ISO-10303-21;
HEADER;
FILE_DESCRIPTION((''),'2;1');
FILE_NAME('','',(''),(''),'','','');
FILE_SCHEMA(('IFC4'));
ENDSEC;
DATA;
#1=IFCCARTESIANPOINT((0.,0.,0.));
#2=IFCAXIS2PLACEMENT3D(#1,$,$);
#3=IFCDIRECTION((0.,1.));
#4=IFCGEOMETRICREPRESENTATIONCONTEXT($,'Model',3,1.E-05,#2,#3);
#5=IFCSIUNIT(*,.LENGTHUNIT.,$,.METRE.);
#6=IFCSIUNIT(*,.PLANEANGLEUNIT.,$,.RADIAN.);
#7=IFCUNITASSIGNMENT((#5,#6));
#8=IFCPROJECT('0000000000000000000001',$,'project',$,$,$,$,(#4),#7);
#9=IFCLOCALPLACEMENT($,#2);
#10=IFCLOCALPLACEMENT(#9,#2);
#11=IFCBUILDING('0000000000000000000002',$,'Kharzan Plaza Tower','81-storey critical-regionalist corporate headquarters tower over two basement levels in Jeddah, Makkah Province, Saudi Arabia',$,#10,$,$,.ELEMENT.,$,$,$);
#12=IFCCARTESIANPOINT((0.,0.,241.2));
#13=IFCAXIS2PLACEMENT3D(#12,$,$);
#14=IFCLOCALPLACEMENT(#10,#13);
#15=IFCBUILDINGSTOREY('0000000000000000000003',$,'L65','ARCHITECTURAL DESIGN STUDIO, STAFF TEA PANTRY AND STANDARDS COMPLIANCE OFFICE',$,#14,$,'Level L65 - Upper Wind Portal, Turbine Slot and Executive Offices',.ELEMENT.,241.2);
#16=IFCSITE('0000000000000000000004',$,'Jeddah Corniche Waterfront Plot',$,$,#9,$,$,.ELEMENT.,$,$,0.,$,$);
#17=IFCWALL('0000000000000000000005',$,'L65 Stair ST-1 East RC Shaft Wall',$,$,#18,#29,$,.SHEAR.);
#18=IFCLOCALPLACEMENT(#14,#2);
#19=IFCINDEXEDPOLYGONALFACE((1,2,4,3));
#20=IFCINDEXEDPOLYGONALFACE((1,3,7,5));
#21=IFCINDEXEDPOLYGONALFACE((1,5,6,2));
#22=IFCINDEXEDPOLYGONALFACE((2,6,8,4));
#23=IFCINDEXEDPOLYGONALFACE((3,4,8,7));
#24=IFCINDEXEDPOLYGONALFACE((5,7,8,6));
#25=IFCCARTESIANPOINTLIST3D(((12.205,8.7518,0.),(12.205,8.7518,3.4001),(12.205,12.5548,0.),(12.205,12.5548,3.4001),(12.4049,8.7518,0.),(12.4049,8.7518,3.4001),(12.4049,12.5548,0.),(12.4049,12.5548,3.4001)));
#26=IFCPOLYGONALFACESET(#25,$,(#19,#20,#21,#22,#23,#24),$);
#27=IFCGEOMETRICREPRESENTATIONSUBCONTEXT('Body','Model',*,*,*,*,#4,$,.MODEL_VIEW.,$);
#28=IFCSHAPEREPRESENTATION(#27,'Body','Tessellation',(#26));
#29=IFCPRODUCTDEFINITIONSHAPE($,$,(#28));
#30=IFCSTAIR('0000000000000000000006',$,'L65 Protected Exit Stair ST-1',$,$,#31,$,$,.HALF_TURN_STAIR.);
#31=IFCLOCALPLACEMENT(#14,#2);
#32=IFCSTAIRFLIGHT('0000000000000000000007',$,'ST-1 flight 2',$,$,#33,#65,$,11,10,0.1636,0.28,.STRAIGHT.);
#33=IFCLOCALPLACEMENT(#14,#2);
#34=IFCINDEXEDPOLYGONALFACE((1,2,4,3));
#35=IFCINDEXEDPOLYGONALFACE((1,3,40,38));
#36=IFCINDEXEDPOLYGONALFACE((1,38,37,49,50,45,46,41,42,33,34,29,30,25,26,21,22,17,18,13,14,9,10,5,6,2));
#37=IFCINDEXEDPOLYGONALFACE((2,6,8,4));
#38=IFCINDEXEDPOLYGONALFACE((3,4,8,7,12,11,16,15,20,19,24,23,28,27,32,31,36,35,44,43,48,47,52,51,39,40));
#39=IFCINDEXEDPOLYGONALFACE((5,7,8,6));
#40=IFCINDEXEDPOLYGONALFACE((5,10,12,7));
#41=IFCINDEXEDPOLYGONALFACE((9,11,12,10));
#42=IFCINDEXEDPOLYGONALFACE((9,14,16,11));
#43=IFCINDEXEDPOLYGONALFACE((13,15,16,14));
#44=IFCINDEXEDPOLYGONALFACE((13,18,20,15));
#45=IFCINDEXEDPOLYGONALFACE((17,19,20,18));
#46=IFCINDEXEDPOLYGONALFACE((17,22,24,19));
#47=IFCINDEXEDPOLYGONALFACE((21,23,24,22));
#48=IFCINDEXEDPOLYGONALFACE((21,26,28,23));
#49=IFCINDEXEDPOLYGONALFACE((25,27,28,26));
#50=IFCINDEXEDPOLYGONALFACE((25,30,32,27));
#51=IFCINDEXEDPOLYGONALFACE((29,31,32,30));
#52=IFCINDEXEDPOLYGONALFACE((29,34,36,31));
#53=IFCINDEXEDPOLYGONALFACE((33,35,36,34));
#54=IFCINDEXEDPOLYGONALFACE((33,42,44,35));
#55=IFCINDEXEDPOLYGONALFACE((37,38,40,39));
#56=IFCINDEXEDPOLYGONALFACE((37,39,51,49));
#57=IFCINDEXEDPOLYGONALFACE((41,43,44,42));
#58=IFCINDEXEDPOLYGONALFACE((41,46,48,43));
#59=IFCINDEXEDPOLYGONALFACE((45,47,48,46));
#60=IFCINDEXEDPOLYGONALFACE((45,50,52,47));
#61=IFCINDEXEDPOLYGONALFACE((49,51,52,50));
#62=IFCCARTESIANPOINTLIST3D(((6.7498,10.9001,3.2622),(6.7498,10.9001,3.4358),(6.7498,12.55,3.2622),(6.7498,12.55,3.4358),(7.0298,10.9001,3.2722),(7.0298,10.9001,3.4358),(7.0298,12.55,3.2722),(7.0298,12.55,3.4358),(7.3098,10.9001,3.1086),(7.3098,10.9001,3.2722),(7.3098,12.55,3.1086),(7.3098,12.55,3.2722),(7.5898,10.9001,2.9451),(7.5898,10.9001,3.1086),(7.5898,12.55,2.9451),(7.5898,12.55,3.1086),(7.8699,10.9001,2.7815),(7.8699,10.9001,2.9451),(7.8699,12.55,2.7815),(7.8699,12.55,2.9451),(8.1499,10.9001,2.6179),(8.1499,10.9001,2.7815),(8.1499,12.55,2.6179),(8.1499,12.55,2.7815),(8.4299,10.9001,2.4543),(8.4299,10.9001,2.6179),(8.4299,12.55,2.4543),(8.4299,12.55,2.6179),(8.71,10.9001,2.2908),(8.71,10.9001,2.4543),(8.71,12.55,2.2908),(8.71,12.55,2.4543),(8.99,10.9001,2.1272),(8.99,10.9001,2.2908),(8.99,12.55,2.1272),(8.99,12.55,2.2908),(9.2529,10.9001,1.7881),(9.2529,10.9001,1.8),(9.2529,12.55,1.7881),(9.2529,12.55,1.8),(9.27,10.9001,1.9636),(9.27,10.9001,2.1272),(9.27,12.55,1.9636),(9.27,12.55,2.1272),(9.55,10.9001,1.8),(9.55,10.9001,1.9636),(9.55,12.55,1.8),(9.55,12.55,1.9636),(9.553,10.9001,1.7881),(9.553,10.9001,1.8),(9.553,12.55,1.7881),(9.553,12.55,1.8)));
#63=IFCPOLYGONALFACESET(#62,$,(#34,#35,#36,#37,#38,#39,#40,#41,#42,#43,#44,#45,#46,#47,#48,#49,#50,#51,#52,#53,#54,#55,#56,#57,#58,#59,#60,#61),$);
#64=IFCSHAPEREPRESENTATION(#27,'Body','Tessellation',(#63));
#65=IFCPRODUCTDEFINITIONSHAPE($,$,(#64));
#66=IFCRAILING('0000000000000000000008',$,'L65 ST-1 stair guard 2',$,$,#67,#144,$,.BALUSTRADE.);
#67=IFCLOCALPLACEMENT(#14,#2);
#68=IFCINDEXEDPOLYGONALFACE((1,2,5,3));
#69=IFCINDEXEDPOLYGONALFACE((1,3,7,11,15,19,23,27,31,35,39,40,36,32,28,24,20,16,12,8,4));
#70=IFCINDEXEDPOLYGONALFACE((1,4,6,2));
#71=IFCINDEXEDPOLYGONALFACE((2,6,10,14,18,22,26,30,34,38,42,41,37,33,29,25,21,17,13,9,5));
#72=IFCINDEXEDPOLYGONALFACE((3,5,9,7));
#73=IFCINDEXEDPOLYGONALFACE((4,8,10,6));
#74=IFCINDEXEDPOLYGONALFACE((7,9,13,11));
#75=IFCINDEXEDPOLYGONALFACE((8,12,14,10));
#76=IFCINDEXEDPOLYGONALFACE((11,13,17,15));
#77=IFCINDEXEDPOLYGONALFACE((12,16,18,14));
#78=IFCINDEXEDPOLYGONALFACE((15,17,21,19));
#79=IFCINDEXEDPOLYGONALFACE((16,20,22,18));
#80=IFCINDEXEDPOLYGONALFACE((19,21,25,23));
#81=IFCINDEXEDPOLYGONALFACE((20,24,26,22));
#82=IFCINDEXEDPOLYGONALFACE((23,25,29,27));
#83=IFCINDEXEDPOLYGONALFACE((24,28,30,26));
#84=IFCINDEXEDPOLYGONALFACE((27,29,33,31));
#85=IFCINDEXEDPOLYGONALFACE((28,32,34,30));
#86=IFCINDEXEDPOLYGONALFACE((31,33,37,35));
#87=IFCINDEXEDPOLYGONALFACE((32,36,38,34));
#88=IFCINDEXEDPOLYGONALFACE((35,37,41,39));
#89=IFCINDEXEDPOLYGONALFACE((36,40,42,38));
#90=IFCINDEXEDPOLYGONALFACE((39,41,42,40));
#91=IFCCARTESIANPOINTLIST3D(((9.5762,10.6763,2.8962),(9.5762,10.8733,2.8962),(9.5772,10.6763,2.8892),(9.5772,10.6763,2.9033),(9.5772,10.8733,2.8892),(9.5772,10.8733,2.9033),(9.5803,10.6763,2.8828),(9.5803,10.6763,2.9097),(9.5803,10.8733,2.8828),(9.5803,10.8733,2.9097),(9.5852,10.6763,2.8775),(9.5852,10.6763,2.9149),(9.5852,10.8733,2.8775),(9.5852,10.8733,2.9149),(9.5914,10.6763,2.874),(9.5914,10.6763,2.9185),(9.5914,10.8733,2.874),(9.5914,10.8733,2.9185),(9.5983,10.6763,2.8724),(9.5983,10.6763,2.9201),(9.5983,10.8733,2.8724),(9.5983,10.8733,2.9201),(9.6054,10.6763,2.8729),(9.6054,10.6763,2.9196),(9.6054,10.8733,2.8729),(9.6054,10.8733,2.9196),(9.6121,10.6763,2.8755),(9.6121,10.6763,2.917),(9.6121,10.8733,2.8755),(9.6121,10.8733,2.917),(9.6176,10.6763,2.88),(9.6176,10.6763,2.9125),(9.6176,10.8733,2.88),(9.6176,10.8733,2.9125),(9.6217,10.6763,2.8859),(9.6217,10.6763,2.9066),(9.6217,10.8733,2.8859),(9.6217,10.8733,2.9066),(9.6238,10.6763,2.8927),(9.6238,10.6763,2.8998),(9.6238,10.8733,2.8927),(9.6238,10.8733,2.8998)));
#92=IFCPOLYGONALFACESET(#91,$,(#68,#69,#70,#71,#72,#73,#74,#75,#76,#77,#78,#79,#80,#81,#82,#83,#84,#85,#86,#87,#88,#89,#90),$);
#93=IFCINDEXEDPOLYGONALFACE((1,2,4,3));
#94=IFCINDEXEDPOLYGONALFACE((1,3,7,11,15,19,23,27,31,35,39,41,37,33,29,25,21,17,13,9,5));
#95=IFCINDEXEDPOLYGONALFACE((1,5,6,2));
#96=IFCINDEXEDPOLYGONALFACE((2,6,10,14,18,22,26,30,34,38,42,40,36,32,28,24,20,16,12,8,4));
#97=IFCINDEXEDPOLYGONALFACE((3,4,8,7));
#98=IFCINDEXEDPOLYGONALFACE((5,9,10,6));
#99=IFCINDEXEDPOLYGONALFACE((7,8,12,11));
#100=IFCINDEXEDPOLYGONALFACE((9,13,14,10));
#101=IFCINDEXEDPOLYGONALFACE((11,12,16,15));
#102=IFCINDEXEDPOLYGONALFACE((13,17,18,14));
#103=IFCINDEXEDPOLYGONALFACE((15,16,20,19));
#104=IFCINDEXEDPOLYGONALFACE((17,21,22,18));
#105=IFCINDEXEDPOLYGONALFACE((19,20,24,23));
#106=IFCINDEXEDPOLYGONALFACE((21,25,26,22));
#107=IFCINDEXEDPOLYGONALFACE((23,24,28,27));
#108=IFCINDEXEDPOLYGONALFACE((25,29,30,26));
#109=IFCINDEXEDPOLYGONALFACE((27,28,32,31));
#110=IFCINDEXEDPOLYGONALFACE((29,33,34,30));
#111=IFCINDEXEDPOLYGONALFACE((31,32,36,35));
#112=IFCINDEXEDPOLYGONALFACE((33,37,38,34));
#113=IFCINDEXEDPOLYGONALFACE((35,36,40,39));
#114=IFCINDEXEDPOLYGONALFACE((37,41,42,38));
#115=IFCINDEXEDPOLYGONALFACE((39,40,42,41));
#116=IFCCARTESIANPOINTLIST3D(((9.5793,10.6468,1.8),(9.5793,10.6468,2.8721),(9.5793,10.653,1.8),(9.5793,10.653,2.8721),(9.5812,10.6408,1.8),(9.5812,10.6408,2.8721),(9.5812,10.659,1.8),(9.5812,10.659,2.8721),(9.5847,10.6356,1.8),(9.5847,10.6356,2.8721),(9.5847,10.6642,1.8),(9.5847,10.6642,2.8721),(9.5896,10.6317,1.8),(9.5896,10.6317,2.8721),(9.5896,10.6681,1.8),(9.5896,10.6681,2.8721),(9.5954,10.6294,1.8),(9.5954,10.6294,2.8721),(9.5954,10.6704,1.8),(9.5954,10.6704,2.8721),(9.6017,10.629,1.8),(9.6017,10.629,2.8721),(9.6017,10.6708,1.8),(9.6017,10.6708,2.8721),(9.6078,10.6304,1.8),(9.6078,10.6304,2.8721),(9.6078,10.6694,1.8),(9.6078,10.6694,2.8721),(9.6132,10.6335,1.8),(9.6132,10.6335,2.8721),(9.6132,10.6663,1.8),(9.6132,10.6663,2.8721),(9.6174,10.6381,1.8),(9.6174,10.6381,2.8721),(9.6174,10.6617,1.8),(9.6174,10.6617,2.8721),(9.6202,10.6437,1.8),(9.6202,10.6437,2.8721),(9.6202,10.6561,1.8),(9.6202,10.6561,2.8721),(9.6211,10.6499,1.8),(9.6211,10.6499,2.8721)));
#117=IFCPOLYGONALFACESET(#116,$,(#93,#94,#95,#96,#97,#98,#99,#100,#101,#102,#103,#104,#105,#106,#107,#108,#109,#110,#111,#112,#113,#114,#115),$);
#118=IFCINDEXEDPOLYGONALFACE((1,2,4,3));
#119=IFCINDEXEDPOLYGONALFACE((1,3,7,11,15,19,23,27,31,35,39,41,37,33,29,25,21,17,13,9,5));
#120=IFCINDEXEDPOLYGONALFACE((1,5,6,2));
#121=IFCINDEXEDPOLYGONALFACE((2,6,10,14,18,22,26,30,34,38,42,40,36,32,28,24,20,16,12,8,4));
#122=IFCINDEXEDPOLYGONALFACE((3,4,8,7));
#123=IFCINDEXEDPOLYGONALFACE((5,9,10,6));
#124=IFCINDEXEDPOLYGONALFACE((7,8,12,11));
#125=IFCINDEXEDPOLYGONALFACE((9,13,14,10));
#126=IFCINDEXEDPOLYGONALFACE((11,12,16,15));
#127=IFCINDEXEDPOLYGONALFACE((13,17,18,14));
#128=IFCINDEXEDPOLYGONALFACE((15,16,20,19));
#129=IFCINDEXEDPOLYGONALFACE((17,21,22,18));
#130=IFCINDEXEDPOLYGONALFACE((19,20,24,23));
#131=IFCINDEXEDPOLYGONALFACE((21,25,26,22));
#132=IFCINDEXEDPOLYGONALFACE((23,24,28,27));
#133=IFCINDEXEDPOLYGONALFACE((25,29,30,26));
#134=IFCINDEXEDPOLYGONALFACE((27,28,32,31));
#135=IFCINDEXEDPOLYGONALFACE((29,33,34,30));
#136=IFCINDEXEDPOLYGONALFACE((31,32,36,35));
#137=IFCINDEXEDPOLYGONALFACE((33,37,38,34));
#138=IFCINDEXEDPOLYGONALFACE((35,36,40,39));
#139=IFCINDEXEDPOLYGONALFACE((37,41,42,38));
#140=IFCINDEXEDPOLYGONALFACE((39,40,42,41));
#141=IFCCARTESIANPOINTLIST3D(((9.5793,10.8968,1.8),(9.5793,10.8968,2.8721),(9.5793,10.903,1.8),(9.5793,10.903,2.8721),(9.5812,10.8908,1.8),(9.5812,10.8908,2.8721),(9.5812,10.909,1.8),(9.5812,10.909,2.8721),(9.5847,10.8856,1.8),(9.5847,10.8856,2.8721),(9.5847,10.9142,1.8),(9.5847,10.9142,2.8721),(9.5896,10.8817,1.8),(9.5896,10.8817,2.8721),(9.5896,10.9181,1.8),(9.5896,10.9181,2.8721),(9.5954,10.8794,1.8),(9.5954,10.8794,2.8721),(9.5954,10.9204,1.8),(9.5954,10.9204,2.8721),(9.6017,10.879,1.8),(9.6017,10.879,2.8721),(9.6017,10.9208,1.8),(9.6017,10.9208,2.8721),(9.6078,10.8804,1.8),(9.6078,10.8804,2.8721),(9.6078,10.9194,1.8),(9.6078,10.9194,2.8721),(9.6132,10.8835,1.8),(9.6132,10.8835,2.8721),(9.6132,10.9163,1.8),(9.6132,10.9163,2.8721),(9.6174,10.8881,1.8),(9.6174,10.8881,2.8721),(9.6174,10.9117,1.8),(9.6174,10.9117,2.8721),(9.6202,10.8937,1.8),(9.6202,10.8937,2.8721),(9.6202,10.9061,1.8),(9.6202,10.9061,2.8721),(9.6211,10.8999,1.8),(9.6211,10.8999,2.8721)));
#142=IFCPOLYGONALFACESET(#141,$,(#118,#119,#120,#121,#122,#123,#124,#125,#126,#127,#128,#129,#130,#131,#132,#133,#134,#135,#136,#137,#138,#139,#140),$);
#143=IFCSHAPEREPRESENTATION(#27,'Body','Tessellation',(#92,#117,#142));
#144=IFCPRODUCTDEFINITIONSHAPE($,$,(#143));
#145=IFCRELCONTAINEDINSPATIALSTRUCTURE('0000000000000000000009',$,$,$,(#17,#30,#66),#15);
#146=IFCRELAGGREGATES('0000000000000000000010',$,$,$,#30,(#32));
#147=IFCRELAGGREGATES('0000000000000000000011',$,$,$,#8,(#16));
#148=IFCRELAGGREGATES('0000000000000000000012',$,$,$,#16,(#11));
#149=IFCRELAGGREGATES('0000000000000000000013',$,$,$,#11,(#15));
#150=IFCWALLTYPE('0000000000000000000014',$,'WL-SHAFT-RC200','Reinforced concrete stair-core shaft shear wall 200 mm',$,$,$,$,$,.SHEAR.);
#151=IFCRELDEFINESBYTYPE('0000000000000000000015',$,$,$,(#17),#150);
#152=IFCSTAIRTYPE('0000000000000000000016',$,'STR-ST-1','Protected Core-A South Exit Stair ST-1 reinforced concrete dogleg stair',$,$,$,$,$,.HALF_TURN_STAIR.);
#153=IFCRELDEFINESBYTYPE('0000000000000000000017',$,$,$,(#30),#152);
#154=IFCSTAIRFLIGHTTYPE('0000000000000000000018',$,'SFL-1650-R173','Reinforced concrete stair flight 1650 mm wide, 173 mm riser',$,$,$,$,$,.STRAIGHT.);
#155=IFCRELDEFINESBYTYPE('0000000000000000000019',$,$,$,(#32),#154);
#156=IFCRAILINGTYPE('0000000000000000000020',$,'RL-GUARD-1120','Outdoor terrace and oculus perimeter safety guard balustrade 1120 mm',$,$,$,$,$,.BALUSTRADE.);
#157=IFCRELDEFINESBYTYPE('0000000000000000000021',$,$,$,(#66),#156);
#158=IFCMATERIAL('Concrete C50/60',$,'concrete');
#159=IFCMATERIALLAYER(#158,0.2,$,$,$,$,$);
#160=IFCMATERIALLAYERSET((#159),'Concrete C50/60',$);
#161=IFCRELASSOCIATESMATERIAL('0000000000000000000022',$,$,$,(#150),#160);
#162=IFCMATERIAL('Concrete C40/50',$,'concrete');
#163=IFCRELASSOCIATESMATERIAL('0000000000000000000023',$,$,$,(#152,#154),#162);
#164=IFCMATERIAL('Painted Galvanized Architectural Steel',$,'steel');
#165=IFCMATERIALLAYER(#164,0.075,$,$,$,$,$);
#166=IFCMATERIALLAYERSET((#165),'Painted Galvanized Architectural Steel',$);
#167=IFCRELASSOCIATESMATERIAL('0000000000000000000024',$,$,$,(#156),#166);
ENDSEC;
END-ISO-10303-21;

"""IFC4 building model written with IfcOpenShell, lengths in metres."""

from ifc_helpers import new_model, si_unit, direction, frame, frame_2d, origin, origin_2d, place, context, subcontext, project, spatial, polyline, rectangle, circle, outline, extrude, source, transform, mapped, material, layer, layer_set, type_object, element, aggregate, save


model = new_model("IFC4")

# Units and contexts
model_context = context("Model", 3, precision=1e-05, world=origin(), true_north=direction((0.0, 1.0)))
body_context = subcontext(model_context, "Body", "Model", "MODEL_VIEW")
ifc_project = project(units=[si_unit("LENGTHUNIT", "METRE"), si_unit("PLANEANGLEUNIT", "RADIAN")], contexts=[model_context])

# Site, building, storey
site_placement = place(None, origin())
site = spatial("IfcSite", under=ifc_project, at=site_placement, Name="Jeddah Corniche Waterfront Plot", CompositionType="ELEMENT", RefElevation=0.0)
building_placement = place(site_placement, origin())
building = spatial("IfcBuilding", under=site, at=building_placement, Name="Kharzan Plaza Tower", Description="81-storey critical-regionalist corporate headquarters tower over two basement levels in Jeddah, Makkah Province, Saudi Arabia", CompositionType="ELEMENT")
storey_placement = place(building_placement, frame((0.0, 0.0, 241.2)))
storey = spatial("IfcBuildingStorey", under=building, at=storey_placement, Name="L65", Description="ARCHITECTURAL DESIGN STUDIO, STAFF TEA PANTRY AND STANDARDS COMPLIANCE OFFICE", LongName="Level L65 - Upper Wind Portal, Turbine Slot and Executive Offices", CompositionType="ELEMENT", Elevation=241.2)

# Shared definitions
ifc_material_1 = material(Name="Concrete C40/50", Category="concrete")

# Wall
ifc_material_2 = material(Name="Concrete C50/60", Category="concrete")
ifc_layer_1 = layer(ifc_material_2, 0.2)
ifc_layer_set_1 = layer_set([ifc_layer_1], Name="Concrete C50/60")
wall_type_1 = type_object("IfcWallType", Name="WL-SHAFT-RC200", Description="Reinforced concrete stair-core shaft shear wall 200 mm", PredefinedType="SHEAR", material=ifc_layer_set_1)
shared_shape_1 = source(origin(), body_context, "Body", "SweptSolid", [
    extrude(rectangle(XDim=3.803, YDim=0.2, at=frame_2d((1.9014, 0.0))), origin(), (0.0, 0.0, 1.0), 3.4001),
])
wall_1_placement = place(storey_placement, frame((12.3049, 8.752, 0.0), z_axis=(0.0, 0.0, 1.0), x_axis=(0.0, 1.0, 0.0)))
element("IfcWall", 1, at=wall_1_placement, inside=storey, type_object=wall_type_1, Name="L65 Stair ST-1 East RC Shaft Wall", PredefinedType="SHEAR", context=body_context, shape_type="MappedRepresentation", body=[
    mapped(shared_shape_1, transform((0.0, 0.0, 0.0), x_axis=(1.0, 0.0, 0.0), y_axis=(0.0, 1.0, 0.0), z_axis=(0.0, 0.0, 1.0))),
])

# Stair, stair flight
stair_type = type_object("IfcStairType", Name="STR-ST-1", Description="Protected Core-A South Exit Stair ST-1 reinforced concrete dogleg stair", PredefinedType="HALF_TURN_STAIR", material=ifc_material_1)
stair_placement = place(storey_placement, origin())
stair = element("IfcStair", 2, at=stair_placement, inside=storey, type_object=stair_type, Name="L65 Protected Exit Stair ST-1", PredefinedType="HALF_TURN_STAIR")
stair_flight_type = type_object("IfcStairFlightType", Name="SFL-1650-R173", Description="Reinforced concrete stair flight 1650 mm wide, 173 mm riser", PredefinedType="STRAIGHT", material=ifc_material_1)
shared_shape_2 = source(origin(), body_context, "Body", "SweptSolid", [
    extrude(outline(polyline([(-0.0029, -0.012), (-0.0029, 0.0), (0.0, 0.0), (0.0, 0.1636), (0.28, 0.1636), (0.28, 0.3271), (0.5601, 0.3271), (0.5601, 0.4907), (0.8401, 0.4907), (0.8401, 0.6543), (1.1201, 0.6543), (1.1201, 0.8179), (1.4001, 0.8179), (1.4001, 0.9814), (1.6802, 0.9814), (1.6802, 1.145), (1.9602, 1.145), (1.9602, 1.3086), (2.2402, 1.3086), (2.2402, 1.4722), (2.5203, 1.4722), (2.5203, 1.6357), (2.8003, 1.6357), (2.8003, 1.7993), (2.8003, 1.4622), (0.2971, 0.0), (0.2971, -0.012), (-0.0029, -0.012)])), frame((0.0, 0.825, 0.0), z_axis=(0.0, -1.0, 0.0), x_axis=(1.0, 0.0, 0.0)), (0.0, 0.0, 1.0), 1.6499),
])
stair_flight_placement = place(storey_placement, frame((9.55, 11.7251, 1.8), z_axis=(0.0, 0.0, 1.0), x_axis=(-1.0, 0.0, 0.0)))
stair_flight = element("IfcStairFlight", 3, at=stair_flight_placement, type_object=stair_flight_type, Name="ST-1 flight 2", NumberOfRisers=11, NumberOfTreads=10, PredefinedType="STRAIGHT", RiserHeight=0.1636, TreadLength=0.28, context=body_context, shape_type="MappedRepresentation", body=[
    mapped(shared_shape_2, transform((0.0, 0.0, 0.0), x_axis=(1.0, 0.0, 0.0), y_axis=(0.0, 1.0, 0.0), z_axis=(0.0, 0.0, 1.0))),
])
aggregate(stair, [stair_flight])

# Railing
ifc_material_3 = material(Name="Painted Galvanized Architectural Steel", Category="steel")
ifc_layer_2 = layer(ifc_material_3, 0.075)
ifc_layer_set_2 = layer_set([ifc_layer_2], Name="Painted Galvanized Architectural Steel")
railing_type_1 = type_object("IfcRailingType", Name="RL-GUARD-1120", Description="Outdoor terrace and oculus perimeter safety guard balustrade 1120 mm", PredefinedType="BALUSTRADE", material=ifc_layer_set_2)
shared_shape_3 = source(origin(), body_context, "Body", "SweptSolid", [
    extrude(circle(Radius=0.0239, at=origin_2d()), frame((0.0, 0.0264, 1.0962), z_axis=(0.0, 1.0, 0.0), x_axis=(-1.0, 0.0, 0.0)), (0.0, 0.0, 1.0), 0.197),
    extrude(circle(Radius=0.021, at=origin_2d()), origin(), (0.0, 0.0, 1.0), 1.072),
    extrude(circle(Radius=0.021, at=origin_2d()), frame((0.0, 0.25, 0.0)), (0.0, 0.0, 1.0), 1.072),
])
railing_1_placement = place(storey_placement, frame((9.6001, 10.6499, 1.8)))
element("IfcRailing", 4, at=railing_1_placement, inside=storey, type_object=railing_type_1, Name="L65 ST-1 stair guard 2", PredefinedType="BALUSTRADE", context=body_context, shape_type="MappedRepresentation", body=[
    mapped(shared_shape_3, transform((0.0, 0.0, 0.0), x_axis=(1.0, 0.0, 0.0), y_axis=(0.0, 1.0, 0.0), z_axis=(0.0, 0.0, 1.0))),
])

save(model, "model.ifc")
